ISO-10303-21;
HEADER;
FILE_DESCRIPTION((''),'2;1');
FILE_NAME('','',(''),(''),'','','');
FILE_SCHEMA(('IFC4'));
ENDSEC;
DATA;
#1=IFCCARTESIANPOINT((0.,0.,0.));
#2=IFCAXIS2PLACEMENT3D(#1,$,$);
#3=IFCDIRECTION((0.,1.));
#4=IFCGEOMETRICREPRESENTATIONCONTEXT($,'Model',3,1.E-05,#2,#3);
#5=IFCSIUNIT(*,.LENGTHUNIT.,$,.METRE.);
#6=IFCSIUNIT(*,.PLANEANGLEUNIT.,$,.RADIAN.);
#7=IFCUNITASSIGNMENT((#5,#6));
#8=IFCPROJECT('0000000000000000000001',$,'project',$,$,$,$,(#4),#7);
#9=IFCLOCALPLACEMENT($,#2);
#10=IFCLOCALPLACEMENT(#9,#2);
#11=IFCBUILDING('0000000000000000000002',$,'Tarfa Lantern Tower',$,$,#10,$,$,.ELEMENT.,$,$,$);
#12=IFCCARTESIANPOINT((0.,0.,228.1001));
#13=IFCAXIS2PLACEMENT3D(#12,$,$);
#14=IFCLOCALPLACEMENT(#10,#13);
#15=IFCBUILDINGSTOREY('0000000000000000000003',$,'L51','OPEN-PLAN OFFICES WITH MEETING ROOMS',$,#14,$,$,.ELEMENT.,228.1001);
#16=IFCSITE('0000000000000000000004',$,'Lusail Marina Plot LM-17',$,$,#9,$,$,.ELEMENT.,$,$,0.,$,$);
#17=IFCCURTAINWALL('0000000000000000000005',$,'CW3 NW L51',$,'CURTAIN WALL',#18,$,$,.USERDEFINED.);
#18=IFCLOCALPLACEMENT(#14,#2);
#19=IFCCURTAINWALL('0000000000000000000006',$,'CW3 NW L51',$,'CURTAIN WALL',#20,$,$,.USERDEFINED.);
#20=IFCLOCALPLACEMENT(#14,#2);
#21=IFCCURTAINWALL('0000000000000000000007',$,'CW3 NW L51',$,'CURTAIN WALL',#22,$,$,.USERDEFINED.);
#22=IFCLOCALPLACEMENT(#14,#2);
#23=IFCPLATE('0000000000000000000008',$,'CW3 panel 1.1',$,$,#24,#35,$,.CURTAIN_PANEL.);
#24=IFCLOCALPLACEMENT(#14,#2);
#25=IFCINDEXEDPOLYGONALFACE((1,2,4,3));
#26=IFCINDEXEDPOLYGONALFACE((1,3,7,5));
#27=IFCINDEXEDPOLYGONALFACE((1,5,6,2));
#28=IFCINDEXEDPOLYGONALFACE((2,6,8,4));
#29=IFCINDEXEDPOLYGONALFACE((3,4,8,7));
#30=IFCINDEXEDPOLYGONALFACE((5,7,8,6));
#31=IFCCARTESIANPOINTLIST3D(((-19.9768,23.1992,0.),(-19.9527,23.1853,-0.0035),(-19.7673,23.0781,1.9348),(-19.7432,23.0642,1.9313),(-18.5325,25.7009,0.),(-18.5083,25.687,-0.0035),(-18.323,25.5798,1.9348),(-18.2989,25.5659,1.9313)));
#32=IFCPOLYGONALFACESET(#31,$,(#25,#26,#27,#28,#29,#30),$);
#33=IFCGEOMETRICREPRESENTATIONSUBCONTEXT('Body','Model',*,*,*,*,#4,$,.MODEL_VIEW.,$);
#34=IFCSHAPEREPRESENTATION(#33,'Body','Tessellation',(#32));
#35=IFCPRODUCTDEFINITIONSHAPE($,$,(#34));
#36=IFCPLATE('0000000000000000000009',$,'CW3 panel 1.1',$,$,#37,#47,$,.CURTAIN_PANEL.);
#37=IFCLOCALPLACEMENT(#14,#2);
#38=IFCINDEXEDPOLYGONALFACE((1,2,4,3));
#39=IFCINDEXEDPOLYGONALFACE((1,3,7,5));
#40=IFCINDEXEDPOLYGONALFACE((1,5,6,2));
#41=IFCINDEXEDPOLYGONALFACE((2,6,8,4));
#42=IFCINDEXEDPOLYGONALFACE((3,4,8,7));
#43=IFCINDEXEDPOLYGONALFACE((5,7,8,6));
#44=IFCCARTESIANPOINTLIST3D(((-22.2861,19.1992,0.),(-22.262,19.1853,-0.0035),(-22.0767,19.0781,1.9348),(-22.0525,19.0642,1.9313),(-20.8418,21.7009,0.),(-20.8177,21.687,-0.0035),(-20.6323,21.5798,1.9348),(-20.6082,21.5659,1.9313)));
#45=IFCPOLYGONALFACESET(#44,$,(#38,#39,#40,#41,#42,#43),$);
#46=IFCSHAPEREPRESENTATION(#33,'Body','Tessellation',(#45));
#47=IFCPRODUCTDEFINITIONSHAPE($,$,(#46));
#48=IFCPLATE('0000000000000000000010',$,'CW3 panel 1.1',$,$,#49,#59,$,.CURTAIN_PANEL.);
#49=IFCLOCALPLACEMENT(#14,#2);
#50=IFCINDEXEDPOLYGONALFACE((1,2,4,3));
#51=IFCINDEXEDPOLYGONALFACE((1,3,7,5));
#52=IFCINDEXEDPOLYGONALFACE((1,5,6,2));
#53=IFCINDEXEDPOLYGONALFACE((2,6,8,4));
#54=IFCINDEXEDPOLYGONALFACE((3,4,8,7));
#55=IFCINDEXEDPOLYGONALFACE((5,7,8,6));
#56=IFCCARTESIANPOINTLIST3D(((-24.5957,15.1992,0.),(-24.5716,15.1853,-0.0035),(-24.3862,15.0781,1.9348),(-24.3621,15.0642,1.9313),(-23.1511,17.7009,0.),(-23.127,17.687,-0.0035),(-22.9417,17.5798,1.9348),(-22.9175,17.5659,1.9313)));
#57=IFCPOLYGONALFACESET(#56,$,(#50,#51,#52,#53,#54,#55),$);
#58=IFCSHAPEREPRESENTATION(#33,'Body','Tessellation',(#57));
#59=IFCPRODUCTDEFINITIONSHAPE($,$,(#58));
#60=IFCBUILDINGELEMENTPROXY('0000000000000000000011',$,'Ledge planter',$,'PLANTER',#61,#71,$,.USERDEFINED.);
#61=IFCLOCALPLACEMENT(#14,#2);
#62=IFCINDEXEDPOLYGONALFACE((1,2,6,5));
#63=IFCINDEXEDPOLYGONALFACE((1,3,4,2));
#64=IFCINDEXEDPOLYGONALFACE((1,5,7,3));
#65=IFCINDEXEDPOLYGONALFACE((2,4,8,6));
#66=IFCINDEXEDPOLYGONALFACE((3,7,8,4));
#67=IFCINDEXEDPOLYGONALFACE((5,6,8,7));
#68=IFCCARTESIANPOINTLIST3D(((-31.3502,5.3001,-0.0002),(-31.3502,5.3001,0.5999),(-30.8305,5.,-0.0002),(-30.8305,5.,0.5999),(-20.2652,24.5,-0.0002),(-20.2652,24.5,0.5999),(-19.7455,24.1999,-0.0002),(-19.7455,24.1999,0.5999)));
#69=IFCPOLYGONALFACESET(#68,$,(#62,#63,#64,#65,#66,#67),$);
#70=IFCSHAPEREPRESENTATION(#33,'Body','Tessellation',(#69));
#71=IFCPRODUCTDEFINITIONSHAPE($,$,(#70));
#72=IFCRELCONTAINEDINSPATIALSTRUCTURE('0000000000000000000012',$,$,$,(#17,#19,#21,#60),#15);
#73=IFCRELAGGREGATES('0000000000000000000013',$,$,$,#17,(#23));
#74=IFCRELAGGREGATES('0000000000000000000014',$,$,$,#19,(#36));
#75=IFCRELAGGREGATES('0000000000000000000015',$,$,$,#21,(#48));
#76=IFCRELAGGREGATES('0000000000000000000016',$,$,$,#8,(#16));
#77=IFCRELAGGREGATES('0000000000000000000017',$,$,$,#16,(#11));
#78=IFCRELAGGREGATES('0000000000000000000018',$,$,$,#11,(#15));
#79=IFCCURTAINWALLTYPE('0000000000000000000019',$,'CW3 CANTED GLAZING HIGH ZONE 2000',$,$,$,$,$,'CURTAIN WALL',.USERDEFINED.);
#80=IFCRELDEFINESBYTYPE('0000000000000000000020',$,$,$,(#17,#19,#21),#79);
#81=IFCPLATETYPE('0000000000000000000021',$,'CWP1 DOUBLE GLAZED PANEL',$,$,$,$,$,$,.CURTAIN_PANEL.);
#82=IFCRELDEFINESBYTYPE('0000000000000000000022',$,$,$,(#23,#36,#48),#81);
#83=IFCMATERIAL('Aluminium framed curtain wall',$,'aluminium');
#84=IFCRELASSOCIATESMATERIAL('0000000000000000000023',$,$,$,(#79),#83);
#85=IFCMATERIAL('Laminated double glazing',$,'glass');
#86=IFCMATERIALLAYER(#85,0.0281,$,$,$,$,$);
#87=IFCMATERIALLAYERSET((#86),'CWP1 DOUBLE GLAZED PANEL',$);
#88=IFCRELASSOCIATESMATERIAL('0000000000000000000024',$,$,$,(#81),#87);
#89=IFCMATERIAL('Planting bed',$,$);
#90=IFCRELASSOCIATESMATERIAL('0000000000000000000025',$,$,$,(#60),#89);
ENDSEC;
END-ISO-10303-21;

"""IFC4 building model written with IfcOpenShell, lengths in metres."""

from ifc_helpers import new_model, si_unit, direction, frame, origin, origin_2d, place, context, subcontext, project, spatial, polyline, rectangle, outline, extrude, material, layer, layer_set, type_object, element, aggregate, save


model = new_model("IFC4")

# Units and contexts
model_context = context("Model", 3, precision=1e-05, world=origin(), true_north=direction((0.0, 1.0)))
body_context = subcontext(model_context, "Body", "Model", "MODEL_VIEW")
ifc_project = project(units=[si_unit("LENGTHUNIT", "METRE"), si_unit("PLANEANGLEUNIT", "RADIAN")], contexts=[model_context])

# Site, building, storey
site_placement = place(None, origin())
site = spatial("IfcSite", under=ifc_project, at=site_placement, Name="Lusail Marina Plot LM-17", CompositionType="ELEMENT", RefElevation=0.0)
building_placement = place(site_placement, origin())
building = spatial("IfcBuilding", under=site, at=building_placement, Name="Tarfa Lantern Tower", CompositionType="ELEMENT")
storey_placement = place(building_placement, frame((0.0, 0.0, 228.1001)))
storey = spatial("IfcBuildingStorey", under=building, at=storey_placement, Name="L51", Description="OPEN-PLAN OFFICES WITH MEETING ROOMS", CompositionType="ELEMENT", Elevation=228.1001)

# Curtain wall
ifc_material_1 = material(Name="Aluminium framed curtain wall", Category="aluminium")
curtain_wall_type = type_object("IfcCurtainWallType", Name="CW3 CANTED GLAZING HIGH ZONE 2000", ElementType="CURTAIN WALL", PredefinedType="USERDEFINED", material=ifc_material_1)
curtain_wall_1_placement = place(storey_placement, origin())
curtain_wall_1 = element("IfcCurtainWall", 1, at=curtain_wall_1_placement, inside=storey, type_object=curtain_wall_type, Name="CW3 NW L51", ObjectType="CURTAIN WALL", PredefinedType="USERDEFINED")

# Curtain walls
curtain_wall_2_placement = place(storey_placement, origin())
curtain_wall_2 = element("IfcCurtainWall", 2, at=curtain_wall_2_placement, inside=storey, type_object=curtain_wall_type, Name="CW3 NW L51", ObjectType="CURTAIN WALL", PredefinedType="USERDEFINED")
curtain_wall_3_placement = place(storey_placement, origin())
curtain_wall_3 = element("IfcCurtainWall", 3, at=curtain_wall_3_placement, inside=storey, type_object=curtain_wall_type, Name="CW3 NW L51", ObjectType="CURTAIN WALL", PredefinedType="USERDEFINED")

# Plates
ifc_material_2 = material(Name="Laminated double glazing", Category="glass")
ifc_layer = layer(ifc_material_2, 0.0281)
ifc_layer_set = layer_set([ifc_layer], Name="CWP1 DOUBLE GLAZED PANEL")
plate_type = type_object("IfcPlateType", Name="CWP1 DOUBLE GLAZED PANEL", PredefinedType="CURTAIN_PANEL", material=ifc_layer_set)
plate_1_placement = place(storey_placement, frame((-18.5325, 25.7009, 0.0), z_axis=(-0.859336, 0.496129, 0.124087), x_axis=(-0.499993, -0.866029, 0.0)))
plate_1 = element("IfcPlate", 4, at=plate_1_placement, type_object=plate_type, Name="CW3 panel 1.1", PredefinedType="CURTAIN_PANEL", context=body_context, shape_type="SweptSolid", body=[
    extrude(outline(polyline([(0.0, 0.0), (2.8887, 0.0), (2.8888, 1.9499), (0.0001, 1.9499), (0.0, 0.0)])), origin(), (0.0, 0.0, -1.0), 0.0281),
])
aggregate(curtain_wall_1, [plate_1])
plate_2_placement = place(storey_placement, frame((-20.8418, 21.7009, 0.0), z_axis=(-0.859336, 0.496129, 0.124087), x_axis=(-0.499993, -0.866029, 0.0)))
plate_2 = element("IfcPlate", 5, at=plate_2_placement, type_object=plate_type, Name="CW3 panel 1.1", PredefinedType="CURTAIN_PANEL", context=body_context, shape_type="SweptSolid", body=[
    extrude(outline(polyline([(0.0, 0.0), (2.8887, 0.0), (2.8888, 1.9499), (0.0001, 1.9499), (0.0, 0.0)])), origin(), (0.0, 0.0, -1.0), 0.0281),
])
aggregate(curtain_wall_2, [plate_2])
plate_3_placement = place(storey_placement, frame((-23.1511, 17.7009, 0.0), z_axis=(-0.8593, 0.496192, 0.124087), x_axis=(-0.500057, -0.865993, 0.0)))
plate_3 = element("IfcPlate", 6, at=plate_3_placement, type_object=plate_type, Name="CW3 panel 1.1", PredefinedType="CURTAIN_PANEL", context=body_context, shape_type="SweptSolid", body=[
    extrude(outline(polyline([(0.0, 0.0), (2.8888, 0.0), (2.889, 1.9499), (0.0001, 1.9499), (0.0, 0.0)])), origin(), (0.0, 0.0, -1.0), 0.0281),
])
aggregate(curtain_wall_3, [plate_3])

# Building element proxy
ifc_material_3 = material(Name="Planting bed")
proxy_placement = place(storey_placement, frame((-25.5479, 14.75, -0.0002), z_axis=(0.0, 0.0, 1.0), x_axis=(-0.5, -0.866025, 0.0)))
element("IfcBuildingElementProxy", 7, at=proxy_placement, inside=storey, material=ifc_material_3, Name="Ledge planter", ObjectType="PLANTER", PredefinedType="USERDEFINED", context=body_context, shape_type="SweptSolid", body=[
    extrude(rectangle(XDim=22.1702, YDim=0.6001, at=origin_2d()), origin(), (0.0, 0.0, 1.0), 0.6001),
])

save(model, "model.ifc")
